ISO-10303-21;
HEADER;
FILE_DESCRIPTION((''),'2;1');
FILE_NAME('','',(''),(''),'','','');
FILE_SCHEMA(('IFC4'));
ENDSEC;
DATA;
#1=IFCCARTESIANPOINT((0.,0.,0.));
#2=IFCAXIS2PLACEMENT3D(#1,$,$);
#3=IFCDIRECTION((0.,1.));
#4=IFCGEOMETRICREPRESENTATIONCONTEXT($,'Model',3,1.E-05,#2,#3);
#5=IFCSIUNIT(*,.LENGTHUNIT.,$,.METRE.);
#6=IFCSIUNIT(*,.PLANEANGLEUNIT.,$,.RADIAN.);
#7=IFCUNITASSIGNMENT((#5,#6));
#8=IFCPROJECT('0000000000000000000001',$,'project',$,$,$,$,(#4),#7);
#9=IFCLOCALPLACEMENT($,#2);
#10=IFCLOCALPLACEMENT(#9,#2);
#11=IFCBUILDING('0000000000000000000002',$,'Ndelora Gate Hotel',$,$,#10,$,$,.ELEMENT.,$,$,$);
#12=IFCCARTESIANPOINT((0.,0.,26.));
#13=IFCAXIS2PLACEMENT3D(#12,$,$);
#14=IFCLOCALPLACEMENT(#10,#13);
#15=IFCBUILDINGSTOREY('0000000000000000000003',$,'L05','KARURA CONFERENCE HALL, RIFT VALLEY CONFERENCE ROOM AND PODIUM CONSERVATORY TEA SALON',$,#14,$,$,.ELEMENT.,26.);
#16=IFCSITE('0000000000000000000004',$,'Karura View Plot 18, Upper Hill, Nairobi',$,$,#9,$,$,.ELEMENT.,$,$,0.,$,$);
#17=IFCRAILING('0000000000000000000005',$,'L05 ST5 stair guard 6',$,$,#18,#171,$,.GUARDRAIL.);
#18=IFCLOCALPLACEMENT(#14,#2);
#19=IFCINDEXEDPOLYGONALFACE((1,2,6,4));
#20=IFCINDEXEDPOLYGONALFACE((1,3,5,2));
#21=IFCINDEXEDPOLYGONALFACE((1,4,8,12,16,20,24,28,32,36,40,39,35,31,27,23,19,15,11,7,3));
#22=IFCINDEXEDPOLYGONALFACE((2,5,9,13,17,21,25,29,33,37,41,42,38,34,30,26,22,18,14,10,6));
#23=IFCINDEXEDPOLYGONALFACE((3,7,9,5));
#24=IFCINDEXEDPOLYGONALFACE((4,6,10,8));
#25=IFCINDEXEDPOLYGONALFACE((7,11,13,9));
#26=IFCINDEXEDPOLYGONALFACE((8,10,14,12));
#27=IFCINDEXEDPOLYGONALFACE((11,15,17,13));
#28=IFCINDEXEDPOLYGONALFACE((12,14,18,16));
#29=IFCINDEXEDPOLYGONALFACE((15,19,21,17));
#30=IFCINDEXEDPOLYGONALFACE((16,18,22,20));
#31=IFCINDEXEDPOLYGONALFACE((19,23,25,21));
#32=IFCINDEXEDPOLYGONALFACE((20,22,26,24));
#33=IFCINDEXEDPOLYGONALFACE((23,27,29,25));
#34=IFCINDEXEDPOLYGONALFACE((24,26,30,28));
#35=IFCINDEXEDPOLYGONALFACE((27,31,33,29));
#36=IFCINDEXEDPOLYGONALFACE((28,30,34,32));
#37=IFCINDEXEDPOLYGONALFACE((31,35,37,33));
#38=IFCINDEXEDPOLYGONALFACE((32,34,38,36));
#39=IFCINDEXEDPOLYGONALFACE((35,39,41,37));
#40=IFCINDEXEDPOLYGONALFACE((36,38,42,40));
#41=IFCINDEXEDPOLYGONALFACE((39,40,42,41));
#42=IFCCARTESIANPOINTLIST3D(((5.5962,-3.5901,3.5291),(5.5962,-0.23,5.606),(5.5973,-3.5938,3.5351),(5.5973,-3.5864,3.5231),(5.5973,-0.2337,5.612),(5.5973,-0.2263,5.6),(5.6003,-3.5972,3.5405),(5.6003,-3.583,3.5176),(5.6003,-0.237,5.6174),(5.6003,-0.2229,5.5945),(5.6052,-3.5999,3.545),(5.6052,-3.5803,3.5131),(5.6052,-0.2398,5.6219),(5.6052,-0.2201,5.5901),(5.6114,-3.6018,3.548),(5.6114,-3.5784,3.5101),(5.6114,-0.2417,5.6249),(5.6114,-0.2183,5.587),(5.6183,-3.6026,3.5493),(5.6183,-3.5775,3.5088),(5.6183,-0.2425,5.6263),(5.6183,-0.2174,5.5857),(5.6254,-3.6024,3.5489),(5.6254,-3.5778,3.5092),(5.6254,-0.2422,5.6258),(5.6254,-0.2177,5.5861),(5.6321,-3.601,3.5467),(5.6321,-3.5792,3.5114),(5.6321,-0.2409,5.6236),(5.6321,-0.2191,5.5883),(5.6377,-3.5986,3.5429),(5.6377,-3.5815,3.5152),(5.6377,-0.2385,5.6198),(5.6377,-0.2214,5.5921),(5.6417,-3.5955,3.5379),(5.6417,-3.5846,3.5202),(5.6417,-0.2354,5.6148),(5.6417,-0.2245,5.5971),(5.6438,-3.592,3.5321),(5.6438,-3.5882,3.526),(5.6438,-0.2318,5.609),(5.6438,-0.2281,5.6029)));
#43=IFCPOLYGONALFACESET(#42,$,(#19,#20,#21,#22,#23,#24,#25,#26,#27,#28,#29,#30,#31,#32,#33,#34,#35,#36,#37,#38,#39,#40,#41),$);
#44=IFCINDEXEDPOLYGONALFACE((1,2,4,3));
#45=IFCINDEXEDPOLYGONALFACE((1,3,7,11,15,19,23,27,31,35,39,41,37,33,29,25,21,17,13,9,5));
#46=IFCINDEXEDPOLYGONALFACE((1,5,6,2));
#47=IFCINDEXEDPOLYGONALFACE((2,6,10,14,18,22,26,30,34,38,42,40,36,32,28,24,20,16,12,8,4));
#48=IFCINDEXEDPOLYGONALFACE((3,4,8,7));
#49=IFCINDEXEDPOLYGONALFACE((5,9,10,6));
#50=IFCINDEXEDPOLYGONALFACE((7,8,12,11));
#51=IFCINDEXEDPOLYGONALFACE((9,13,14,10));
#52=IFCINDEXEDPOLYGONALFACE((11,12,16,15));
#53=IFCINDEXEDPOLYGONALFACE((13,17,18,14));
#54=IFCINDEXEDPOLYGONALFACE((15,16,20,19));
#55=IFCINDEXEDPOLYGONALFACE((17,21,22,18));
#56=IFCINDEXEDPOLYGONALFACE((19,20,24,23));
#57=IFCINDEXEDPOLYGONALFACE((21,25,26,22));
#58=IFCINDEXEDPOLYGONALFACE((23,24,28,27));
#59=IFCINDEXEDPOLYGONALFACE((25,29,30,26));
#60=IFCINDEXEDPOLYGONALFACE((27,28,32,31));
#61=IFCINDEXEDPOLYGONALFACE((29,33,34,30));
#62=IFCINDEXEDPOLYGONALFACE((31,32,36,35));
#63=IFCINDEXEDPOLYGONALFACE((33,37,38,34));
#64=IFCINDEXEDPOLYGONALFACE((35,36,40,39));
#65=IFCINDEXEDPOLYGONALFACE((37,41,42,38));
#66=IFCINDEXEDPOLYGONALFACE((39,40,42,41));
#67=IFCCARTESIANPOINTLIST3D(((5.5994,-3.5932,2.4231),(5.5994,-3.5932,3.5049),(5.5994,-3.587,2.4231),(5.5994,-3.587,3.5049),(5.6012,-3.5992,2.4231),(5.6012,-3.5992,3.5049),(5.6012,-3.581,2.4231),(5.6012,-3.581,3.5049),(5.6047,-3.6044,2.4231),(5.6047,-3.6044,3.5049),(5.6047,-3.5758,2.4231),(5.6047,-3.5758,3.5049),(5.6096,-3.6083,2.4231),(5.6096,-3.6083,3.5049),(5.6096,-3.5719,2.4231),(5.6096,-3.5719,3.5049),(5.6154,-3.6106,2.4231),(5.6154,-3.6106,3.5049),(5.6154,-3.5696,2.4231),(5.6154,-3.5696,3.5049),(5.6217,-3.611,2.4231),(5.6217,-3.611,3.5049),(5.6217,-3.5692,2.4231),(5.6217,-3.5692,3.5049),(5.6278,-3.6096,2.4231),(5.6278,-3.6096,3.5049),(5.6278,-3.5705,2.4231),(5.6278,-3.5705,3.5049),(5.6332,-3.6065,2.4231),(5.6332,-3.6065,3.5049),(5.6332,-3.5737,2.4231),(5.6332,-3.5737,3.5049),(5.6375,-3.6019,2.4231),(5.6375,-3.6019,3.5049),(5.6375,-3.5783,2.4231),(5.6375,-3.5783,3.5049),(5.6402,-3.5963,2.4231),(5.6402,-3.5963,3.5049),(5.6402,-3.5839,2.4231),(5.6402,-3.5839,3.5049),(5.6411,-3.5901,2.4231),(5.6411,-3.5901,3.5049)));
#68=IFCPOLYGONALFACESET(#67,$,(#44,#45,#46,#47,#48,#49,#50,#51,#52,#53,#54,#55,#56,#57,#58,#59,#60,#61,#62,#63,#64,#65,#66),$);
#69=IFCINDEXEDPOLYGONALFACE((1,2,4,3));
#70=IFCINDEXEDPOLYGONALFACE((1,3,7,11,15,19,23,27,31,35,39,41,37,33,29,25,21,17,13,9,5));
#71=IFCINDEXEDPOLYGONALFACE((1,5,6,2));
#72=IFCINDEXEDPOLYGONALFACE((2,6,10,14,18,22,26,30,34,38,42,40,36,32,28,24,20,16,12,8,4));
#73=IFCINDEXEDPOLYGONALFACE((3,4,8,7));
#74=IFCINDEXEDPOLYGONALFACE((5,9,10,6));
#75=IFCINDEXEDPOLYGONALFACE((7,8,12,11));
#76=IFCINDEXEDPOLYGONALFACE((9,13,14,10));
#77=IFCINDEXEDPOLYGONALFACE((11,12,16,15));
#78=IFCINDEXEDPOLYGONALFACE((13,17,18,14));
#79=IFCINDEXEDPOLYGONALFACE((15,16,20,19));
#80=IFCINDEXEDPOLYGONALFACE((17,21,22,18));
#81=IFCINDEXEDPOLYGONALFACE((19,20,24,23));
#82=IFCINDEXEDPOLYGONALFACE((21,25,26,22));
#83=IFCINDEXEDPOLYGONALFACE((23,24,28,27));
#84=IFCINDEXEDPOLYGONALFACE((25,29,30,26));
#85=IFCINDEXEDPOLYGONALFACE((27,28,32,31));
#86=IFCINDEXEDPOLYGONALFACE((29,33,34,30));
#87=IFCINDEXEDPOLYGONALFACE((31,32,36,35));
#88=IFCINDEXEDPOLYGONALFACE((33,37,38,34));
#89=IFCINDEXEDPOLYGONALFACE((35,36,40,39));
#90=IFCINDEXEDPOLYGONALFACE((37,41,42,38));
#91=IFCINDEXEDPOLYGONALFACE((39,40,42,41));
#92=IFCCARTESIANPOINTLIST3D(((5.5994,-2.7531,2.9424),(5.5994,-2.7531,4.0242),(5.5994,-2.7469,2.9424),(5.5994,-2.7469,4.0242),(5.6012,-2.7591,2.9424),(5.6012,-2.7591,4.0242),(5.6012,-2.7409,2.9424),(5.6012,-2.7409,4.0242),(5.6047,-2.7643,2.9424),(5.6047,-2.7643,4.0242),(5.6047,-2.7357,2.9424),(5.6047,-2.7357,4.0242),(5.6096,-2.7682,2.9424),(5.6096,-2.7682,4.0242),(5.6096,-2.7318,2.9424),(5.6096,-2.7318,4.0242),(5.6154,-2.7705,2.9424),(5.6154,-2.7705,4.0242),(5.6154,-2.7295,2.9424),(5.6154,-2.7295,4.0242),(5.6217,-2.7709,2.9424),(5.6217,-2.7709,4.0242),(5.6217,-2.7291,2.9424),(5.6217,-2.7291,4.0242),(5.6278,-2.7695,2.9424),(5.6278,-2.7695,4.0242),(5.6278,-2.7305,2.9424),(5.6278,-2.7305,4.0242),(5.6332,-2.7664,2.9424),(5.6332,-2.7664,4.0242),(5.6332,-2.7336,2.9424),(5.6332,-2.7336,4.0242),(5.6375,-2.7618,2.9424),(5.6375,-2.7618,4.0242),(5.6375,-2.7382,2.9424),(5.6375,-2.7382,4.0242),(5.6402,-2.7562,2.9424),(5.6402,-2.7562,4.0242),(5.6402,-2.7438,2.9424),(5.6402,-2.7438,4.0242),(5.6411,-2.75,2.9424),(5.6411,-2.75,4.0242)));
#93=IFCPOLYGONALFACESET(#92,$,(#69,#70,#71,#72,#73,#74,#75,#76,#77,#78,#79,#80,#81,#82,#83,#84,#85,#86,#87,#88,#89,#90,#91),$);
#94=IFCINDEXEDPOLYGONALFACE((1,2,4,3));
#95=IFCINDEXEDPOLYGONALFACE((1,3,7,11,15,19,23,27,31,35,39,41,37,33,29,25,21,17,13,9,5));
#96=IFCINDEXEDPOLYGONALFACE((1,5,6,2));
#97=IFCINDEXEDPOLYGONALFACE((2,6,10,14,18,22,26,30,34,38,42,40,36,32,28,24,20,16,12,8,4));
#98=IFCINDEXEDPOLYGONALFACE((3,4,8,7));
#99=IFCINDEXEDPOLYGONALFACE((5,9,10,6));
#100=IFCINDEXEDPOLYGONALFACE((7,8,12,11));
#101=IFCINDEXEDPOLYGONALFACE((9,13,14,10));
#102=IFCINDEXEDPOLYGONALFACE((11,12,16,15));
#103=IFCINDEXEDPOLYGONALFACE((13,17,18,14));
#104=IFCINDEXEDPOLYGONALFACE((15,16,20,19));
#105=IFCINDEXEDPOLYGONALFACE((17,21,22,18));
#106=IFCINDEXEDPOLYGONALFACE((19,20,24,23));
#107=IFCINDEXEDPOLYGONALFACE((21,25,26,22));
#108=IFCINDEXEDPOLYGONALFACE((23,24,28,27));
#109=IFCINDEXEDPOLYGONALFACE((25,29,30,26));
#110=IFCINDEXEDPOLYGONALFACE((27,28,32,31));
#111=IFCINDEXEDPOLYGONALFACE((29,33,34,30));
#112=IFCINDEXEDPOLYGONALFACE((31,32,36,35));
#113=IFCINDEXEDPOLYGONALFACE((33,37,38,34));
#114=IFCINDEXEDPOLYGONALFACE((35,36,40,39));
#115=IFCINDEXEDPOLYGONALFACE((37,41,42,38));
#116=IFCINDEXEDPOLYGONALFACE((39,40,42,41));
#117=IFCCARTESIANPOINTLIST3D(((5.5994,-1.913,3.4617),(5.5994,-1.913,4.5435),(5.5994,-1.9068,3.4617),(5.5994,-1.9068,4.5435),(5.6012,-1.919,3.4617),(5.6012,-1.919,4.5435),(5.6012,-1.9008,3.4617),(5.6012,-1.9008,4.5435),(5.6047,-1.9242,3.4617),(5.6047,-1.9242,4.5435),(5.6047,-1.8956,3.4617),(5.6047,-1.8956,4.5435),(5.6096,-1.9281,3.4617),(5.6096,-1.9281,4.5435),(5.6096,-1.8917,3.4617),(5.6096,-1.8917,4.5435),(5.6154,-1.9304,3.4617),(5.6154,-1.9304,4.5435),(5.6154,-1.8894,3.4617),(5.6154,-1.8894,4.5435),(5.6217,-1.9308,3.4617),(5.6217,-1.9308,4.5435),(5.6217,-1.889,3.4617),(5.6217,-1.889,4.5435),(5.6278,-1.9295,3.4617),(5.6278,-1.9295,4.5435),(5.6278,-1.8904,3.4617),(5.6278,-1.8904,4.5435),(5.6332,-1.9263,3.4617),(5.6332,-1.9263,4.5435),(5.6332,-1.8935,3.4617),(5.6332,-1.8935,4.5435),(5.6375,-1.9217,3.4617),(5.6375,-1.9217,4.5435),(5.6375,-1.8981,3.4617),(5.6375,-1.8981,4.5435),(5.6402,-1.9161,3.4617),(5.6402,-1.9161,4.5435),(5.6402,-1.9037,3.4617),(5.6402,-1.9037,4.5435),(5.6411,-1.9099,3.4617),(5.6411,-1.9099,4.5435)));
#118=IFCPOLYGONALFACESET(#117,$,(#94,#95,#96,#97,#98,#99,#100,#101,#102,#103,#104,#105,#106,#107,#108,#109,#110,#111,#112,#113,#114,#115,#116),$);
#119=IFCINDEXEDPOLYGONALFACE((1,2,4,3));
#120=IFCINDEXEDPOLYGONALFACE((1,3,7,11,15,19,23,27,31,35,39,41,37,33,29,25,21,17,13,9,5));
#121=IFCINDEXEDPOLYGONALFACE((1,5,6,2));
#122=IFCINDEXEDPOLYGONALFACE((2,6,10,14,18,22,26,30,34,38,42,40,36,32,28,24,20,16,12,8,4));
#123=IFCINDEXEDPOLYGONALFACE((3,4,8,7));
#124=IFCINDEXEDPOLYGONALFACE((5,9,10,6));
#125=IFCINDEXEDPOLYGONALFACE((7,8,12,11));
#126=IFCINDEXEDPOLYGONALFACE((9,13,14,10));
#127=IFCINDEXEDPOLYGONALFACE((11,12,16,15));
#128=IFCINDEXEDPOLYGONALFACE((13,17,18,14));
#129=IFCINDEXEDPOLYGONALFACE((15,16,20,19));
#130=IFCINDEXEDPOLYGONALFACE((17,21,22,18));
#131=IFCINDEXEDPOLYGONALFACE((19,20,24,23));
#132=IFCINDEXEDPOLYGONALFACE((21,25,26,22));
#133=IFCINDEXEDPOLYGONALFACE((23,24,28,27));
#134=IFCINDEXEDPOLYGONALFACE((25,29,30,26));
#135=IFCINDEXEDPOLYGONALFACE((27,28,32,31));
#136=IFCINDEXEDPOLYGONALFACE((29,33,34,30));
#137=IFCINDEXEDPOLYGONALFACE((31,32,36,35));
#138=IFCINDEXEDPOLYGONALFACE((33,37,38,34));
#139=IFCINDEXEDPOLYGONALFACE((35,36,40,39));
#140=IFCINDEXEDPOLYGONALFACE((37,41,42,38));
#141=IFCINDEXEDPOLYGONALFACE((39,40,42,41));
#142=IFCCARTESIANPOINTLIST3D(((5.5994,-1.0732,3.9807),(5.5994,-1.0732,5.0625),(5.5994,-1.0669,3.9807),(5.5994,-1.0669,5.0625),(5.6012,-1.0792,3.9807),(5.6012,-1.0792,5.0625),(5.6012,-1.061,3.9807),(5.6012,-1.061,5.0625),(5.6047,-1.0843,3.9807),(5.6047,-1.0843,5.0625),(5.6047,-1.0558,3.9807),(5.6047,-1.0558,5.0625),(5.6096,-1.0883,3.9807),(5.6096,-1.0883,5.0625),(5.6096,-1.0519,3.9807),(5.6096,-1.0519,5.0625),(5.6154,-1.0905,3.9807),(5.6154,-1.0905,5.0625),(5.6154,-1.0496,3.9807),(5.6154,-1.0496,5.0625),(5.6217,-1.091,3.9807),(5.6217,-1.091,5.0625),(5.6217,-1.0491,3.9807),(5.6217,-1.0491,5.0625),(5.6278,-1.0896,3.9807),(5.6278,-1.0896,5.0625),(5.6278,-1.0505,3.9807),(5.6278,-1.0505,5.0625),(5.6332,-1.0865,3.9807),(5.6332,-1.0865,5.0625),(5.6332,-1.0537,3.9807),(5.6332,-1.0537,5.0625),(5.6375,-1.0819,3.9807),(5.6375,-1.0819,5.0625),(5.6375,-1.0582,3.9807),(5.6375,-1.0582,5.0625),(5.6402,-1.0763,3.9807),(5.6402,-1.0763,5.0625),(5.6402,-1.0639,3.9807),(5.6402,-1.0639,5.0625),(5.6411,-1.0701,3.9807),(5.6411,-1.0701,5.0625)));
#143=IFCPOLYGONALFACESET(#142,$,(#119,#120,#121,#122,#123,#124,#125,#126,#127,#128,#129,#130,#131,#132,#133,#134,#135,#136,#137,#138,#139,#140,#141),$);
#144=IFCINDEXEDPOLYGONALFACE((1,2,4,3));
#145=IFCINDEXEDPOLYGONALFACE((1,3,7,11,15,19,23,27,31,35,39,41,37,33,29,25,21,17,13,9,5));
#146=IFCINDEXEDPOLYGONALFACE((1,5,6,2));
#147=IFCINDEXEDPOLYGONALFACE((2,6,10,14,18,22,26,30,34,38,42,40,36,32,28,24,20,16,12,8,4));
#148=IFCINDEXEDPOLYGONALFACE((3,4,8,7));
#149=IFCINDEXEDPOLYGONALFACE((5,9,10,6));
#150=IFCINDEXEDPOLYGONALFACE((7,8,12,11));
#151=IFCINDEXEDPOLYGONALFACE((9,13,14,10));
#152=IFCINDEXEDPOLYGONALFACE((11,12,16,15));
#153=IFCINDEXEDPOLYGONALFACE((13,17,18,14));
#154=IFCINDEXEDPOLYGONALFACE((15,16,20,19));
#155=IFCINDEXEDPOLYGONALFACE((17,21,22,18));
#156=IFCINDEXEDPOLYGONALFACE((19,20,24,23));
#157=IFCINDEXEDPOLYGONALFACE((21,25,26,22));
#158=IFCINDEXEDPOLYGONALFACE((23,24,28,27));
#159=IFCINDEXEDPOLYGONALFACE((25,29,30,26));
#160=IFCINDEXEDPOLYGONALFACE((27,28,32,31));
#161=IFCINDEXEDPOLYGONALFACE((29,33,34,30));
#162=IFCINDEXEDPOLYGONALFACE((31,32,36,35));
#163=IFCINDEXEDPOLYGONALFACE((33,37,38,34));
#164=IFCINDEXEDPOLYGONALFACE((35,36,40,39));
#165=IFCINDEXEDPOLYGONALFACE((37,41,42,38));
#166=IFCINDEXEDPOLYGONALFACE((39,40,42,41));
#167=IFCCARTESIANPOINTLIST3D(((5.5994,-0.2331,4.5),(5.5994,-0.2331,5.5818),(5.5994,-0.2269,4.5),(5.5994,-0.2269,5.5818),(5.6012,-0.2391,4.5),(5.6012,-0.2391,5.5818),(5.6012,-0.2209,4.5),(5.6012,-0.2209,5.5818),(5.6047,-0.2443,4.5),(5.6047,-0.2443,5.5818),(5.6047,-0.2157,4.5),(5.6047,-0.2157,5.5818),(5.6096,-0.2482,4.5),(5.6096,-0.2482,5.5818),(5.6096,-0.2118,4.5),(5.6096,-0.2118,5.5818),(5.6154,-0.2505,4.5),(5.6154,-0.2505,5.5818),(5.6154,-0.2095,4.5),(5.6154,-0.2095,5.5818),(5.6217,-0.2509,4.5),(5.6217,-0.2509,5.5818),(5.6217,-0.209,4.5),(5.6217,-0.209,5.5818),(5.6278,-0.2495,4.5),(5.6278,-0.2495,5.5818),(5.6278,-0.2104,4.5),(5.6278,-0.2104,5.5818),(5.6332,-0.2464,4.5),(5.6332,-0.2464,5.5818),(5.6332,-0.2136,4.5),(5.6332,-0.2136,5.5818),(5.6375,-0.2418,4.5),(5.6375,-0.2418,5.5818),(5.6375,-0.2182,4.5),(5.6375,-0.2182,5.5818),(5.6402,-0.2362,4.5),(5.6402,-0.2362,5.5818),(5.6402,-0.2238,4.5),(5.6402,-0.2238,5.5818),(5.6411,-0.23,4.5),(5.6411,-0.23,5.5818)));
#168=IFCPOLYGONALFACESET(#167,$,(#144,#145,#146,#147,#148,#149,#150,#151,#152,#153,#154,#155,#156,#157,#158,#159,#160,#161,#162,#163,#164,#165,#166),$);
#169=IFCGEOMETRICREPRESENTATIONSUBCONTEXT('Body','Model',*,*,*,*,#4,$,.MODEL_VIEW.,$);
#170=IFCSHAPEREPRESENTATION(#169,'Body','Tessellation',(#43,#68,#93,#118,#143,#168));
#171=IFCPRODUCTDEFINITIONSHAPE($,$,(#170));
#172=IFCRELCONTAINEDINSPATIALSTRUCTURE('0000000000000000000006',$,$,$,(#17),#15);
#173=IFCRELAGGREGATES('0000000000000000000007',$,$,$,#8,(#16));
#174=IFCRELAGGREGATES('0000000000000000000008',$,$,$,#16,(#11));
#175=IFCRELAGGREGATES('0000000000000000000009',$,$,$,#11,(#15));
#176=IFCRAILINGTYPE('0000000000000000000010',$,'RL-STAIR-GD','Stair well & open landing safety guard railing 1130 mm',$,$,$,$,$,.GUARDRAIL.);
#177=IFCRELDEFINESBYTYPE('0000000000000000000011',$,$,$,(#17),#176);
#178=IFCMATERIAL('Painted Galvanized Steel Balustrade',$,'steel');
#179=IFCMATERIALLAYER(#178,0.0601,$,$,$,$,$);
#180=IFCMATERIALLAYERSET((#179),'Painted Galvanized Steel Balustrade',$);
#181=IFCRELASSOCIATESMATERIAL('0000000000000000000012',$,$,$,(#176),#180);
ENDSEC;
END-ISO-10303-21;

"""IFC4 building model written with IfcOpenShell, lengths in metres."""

from ifc_helpers import new_model, si_unit, direction, frame, origin, origin_2d, place, context, subcontext, project, spatial, circle, extrude, material, layer, layer_set, type_object, element, save


model = new_model("IFC4")

# Units and contexts
model_context = context("Model", 3, precision=1e-05, world=origin(), true_north=direction((0.0, 1.0)))
body_context = subcontext(model_context, "Body", "Model", "MODEL_VIEW")
ifc_project = project(units=[si_unit("LENGTHUNIT", "METRE"), si_unit("PLANEANGLEUNIT", "RADIAN")], contexts=[model_context])

# Site, building, storey
site_placement = place(None, origin())
site = spatial("IfcSite", under=ifc_project, at=site_placement, Name="Karura View Plot 18, Upper Hill, Nairobi", CompositionType="ELEMENT", RefElevation=0.0)
building_placement = place(site_placement, origin())
building = spatial("IfcBuilding", under=site, at=building_placement, Name="Ndelora Gate Hotel", CompositionType="ELEMENT")
storey_placement = place(building_placement, frame((0.0, 0.0, 26.0)))
storey = spatial("IfcBuildingStorey", under=building, at=storey_placement, Name="L05", Description="KARURA CONFERENCE HALL, RIFT VALLEY CONFERENCE ROOM AND PODIUM CONSERVATORY TEA SALON", CompositionType="ELEMENT", Elevation=26.0)

# Railing
ifc_material_1 = material(Name="Painted Galvanized Steel Balustrade", Category="steel")
ifc_layer_1 = layer(ifc_material_1, 0.0601)
ifc_layer_set_1 = layer_set([ifc_layer_1], Name="Painted Galvanized Steel Balustrade")
railing_type_1 = type_object("IfcRailingType", Name="RL-STAIR-GD", Description="Stair well & open landing safety guard railing 1130 mm", PredefinedType="GUARDRAIL", material=ifc_layer_set_1)
railing_1_placement = place(storey_placement, frame((5.6201, -3.5901, 2.4231)))
element("IfcRailing", 1, at=railing_1_placement, inside=storey, type_object=railing_type_1, Name="L05 ST5 stair guard 6", PredefinedType="GUARDRAIL", context=body_context, shape_type="SweptSolid", body=[
    extrude(circle(Radius=0.0239, at=origin_2d()), frame((0.0, 0.0, 1.106), z_axis=(0.0, 0.850623, 0.525776), x_axis=(-1.0, 0.0, 0.0)), (0.0, 0.0, 1.0), 3.9502),
    extrude(circle(Radius=0.021, at=origin_2d()), origin(), (0.0, 0.0, 1.0), 1.0818),
    extrude(circle(Radius=0.021, at=origin_2d()), frame((0.0, 0.8401, 0.5193)), (0.0, 0.0, 1.0), 1.0818),
    extrude(circle(Radius=0.021, at=origin_2d()), frame((0.0, 1.6802, 1.0386)), (0.0, 0.0, 1.0), 1.0818),
    extrude(circle(Radius=0.021, at=origin_2d()), frame((0.0, 2.52, 1.5576)), (0.0, 0.0, 1.0), 1.0818),
    extrude(circle(Radius=0.021, at=origin_2d()), frame((0.0, 3.3601, 2.0769)), (0.0, 0.0, 1.0), 1.0818),
])

save(model, "model.ifc")
